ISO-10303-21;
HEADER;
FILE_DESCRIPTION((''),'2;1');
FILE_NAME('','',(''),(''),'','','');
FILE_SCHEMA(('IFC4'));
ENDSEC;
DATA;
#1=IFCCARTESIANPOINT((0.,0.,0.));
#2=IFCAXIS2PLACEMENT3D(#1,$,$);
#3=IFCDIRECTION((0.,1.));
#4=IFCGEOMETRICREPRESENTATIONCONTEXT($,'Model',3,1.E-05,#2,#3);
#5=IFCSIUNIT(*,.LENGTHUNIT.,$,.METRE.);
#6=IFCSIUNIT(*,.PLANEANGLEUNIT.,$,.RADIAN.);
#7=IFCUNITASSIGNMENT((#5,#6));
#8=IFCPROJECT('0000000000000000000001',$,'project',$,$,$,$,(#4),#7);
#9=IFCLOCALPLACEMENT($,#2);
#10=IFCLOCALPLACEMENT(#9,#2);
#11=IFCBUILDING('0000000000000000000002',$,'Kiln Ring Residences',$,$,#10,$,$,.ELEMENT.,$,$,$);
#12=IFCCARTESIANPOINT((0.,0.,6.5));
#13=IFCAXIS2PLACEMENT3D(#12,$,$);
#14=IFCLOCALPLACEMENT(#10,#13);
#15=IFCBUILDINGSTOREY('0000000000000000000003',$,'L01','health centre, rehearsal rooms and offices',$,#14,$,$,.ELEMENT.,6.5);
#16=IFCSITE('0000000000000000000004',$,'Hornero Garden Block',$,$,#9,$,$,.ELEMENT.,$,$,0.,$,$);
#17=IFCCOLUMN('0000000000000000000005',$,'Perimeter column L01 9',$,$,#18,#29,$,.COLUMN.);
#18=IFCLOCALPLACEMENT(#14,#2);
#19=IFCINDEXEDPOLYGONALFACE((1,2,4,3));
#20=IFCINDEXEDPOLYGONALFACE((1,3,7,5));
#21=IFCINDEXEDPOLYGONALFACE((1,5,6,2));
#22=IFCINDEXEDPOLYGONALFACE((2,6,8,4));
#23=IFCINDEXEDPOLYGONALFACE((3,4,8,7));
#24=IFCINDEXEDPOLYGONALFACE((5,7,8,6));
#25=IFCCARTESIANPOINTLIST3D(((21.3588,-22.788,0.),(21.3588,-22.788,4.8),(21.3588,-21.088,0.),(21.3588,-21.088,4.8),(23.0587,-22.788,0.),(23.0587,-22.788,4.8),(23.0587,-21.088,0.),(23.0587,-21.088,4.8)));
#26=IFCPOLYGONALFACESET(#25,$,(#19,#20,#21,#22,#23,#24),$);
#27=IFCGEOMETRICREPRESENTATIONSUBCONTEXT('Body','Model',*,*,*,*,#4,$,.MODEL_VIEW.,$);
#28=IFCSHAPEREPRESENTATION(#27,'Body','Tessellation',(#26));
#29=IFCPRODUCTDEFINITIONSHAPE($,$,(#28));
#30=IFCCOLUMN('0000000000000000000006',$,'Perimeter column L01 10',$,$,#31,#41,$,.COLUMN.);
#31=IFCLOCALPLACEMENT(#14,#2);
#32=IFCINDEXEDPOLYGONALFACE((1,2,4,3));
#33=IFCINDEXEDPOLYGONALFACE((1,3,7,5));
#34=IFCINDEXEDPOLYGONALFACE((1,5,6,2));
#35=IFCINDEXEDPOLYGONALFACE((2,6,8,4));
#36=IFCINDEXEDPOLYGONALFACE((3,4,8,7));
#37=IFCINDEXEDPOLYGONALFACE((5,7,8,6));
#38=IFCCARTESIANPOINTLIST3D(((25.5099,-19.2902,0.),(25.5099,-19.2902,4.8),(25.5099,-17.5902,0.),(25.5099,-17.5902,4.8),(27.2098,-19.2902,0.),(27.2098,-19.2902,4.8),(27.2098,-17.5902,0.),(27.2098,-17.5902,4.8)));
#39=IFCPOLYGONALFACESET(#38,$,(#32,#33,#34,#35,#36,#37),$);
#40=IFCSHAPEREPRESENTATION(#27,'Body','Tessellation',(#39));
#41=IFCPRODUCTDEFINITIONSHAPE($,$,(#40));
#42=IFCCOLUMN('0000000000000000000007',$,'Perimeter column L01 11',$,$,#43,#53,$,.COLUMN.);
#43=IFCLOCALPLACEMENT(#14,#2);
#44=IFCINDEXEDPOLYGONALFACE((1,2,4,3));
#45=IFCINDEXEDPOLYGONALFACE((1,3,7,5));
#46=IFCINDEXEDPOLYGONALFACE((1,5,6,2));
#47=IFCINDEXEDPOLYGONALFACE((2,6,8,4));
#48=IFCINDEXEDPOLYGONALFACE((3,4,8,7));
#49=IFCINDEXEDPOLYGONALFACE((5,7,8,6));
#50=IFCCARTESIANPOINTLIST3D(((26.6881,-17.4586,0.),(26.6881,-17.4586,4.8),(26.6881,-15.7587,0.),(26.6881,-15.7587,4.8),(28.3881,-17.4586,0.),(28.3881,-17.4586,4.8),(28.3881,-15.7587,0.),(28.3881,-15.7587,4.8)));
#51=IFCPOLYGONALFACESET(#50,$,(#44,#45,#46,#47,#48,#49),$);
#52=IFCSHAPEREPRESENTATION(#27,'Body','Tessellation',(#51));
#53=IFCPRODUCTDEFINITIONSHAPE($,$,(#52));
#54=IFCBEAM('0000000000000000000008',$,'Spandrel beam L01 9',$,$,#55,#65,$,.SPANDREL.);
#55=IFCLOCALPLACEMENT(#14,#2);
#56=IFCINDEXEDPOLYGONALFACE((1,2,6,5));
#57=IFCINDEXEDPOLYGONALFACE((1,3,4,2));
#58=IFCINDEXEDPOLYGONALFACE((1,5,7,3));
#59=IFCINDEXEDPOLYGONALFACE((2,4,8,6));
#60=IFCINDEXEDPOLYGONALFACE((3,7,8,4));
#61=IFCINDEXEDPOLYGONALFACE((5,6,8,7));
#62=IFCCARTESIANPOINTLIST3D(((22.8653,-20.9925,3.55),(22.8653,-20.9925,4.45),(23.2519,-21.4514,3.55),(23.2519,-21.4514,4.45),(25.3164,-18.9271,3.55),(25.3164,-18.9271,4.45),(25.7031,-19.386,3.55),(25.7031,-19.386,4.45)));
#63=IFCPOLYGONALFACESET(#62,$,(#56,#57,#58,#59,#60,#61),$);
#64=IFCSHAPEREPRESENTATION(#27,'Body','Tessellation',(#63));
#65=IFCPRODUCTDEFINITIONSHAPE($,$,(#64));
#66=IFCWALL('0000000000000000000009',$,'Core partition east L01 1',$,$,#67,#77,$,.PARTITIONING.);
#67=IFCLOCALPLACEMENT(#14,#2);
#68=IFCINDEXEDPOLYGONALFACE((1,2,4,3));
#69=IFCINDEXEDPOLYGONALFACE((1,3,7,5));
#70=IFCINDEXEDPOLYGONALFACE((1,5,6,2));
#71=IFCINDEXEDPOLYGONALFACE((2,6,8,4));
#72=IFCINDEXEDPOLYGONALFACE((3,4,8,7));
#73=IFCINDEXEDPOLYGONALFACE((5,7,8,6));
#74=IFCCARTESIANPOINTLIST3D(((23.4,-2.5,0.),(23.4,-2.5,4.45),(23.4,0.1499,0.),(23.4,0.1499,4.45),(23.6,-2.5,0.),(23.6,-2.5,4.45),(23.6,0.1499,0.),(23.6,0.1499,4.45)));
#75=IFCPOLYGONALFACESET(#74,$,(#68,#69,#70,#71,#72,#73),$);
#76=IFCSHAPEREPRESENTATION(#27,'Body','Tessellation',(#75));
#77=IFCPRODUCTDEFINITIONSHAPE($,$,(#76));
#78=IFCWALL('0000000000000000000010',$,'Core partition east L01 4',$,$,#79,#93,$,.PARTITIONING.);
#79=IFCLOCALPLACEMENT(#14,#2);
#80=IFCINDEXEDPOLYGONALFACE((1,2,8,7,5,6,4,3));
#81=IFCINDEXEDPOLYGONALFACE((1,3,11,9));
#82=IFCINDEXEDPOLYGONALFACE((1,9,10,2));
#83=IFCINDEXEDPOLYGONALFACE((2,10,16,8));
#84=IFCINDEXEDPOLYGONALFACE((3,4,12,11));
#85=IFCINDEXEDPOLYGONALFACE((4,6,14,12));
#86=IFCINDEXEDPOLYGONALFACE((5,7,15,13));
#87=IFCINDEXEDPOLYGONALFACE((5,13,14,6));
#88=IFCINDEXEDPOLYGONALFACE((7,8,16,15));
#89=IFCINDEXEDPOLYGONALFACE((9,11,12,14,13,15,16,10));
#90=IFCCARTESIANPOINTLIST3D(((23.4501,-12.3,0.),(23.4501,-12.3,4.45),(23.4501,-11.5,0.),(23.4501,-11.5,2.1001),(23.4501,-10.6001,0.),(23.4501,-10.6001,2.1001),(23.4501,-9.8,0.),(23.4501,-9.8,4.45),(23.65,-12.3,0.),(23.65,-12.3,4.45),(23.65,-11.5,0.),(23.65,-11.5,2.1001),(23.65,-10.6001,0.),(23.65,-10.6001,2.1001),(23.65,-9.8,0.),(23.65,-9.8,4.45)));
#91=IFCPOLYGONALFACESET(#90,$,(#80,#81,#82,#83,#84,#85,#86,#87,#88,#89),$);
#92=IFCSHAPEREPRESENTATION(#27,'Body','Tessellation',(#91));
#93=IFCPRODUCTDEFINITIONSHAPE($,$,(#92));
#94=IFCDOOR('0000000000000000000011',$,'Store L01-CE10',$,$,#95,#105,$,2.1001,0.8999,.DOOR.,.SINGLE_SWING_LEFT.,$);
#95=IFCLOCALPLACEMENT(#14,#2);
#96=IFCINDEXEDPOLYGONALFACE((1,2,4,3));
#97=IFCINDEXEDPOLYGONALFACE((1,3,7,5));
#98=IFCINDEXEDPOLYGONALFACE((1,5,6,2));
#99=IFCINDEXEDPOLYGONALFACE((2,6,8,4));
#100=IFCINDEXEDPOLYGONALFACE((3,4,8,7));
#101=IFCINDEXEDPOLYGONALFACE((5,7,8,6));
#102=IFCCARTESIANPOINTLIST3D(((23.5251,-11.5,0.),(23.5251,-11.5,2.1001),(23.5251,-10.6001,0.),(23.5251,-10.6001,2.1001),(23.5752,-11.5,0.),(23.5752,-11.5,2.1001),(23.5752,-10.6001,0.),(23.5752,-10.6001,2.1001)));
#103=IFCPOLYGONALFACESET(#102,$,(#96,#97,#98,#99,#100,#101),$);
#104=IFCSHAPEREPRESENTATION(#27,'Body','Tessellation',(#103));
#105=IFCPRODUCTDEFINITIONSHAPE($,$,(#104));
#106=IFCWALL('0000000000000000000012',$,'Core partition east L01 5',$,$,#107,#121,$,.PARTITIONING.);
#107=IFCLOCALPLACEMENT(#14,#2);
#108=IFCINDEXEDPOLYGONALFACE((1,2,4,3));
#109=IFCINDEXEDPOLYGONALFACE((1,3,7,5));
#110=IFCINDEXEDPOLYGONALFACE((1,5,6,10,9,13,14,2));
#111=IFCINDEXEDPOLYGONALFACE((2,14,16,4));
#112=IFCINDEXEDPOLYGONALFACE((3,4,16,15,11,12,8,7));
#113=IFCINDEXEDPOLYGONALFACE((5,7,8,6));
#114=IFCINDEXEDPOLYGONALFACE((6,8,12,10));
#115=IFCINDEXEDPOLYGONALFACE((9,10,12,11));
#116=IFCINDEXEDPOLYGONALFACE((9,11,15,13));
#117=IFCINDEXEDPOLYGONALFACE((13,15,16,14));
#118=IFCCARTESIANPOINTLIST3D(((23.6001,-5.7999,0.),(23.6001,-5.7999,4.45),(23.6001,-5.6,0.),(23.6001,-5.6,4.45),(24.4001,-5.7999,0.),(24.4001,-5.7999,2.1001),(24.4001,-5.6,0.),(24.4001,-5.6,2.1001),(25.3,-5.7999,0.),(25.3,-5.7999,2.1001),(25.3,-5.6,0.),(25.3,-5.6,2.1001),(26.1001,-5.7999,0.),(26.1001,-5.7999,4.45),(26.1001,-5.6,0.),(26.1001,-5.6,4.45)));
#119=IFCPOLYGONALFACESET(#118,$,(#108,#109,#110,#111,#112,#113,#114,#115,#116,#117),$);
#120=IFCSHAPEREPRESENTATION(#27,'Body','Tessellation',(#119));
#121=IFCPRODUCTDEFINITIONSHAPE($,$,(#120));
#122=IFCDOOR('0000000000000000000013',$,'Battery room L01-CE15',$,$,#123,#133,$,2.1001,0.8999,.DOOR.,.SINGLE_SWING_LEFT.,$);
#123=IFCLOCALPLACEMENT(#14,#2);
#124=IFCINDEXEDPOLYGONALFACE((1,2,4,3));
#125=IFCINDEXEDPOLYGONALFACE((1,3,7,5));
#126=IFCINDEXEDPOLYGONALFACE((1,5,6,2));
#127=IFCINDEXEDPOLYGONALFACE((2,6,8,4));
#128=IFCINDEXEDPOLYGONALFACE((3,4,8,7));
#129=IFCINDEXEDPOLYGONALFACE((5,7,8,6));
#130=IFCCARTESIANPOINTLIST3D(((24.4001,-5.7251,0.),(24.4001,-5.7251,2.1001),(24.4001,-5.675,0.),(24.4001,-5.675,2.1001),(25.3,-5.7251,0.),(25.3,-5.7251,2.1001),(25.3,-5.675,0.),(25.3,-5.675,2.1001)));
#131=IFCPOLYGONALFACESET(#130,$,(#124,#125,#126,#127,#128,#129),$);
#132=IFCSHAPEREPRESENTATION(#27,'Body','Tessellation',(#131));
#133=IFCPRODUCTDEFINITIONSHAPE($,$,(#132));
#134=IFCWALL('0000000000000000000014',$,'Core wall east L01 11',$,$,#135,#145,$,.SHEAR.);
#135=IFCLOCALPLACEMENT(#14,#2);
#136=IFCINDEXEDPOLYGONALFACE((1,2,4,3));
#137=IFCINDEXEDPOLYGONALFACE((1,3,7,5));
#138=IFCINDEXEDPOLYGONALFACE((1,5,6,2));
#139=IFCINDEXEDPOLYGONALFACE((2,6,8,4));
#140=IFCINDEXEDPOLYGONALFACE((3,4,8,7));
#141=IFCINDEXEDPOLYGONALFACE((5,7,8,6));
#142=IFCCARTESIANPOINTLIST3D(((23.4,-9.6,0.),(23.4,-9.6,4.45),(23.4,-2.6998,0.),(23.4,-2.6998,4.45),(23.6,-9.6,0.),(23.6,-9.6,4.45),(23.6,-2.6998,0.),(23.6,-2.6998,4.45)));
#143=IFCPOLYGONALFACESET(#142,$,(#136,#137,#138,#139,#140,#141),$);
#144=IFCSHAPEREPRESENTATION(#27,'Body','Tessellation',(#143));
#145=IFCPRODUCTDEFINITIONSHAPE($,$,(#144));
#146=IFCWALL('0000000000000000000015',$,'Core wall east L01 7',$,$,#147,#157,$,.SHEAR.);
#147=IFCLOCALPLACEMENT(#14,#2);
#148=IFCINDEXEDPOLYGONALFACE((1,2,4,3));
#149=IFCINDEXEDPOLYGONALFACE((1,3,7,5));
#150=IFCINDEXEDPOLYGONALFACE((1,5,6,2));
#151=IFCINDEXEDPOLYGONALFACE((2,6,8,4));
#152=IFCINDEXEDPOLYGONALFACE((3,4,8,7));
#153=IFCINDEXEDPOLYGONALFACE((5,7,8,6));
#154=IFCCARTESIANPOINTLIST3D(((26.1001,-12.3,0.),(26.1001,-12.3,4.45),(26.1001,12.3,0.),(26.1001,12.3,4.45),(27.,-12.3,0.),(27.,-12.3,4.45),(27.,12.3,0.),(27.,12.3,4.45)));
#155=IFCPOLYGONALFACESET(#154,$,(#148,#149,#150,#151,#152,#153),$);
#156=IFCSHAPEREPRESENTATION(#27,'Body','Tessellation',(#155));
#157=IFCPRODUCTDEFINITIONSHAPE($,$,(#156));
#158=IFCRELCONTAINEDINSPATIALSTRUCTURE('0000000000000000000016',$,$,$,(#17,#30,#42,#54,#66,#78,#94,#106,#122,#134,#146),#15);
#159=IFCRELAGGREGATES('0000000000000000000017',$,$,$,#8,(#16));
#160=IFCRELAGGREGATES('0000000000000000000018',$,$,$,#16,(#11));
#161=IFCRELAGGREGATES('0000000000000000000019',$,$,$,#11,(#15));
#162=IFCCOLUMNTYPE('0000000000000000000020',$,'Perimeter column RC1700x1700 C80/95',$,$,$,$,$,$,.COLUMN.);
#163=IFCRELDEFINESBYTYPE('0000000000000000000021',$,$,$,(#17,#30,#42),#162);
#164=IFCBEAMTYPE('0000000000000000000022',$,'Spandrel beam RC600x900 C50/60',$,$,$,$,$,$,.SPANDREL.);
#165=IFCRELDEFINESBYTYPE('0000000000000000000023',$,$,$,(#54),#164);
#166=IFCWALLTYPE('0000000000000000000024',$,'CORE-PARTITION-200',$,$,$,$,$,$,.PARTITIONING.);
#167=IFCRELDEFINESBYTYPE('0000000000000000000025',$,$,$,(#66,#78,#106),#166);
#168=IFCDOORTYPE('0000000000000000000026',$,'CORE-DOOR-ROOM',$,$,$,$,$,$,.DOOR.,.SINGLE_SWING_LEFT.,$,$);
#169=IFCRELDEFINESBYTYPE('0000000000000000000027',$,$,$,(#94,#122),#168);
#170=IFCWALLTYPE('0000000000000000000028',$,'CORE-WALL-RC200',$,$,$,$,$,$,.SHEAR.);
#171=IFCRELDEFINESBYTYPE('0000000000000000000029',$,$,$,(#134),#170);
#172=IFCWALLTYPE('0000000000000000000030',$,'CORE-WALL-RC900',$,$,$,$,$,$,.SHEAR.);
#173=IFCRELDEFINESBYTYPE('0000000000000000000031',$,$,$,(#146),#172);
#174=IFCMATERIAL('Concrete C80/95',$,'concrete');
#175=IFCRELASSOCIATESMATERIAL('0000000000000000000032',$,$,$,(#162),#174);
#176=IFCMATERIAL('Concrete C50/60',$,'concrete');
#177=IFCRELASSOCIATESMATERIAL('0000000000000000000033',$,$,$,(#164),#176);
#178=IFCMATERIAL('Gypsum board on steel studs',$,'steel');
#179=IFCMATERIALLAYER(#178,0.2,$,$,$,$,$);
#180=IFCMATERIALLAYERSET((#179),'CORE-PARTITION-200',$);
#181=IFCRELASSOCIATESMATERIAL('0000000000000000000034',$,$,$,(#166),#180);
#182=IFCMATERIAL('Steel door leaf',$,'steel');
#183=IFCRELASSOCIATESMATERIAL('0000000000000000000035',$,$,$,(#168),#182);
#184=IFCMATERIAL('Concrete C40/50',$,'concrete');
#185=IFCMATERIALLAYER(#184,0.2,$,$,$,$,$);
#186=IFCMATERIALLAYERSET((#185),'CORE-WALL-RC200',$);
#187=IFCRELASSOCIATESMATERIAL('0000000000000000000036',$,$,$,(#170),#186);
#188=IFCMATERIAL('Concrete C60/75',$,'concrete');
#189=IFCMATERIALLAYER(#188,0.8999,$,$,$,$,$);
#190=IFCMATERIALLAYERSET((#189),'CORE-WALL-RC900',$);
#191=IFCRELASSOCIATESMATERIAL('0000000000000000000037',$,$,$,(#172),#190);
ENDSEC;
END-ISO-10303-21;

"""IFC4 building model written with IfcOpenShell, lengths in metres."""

from ifc_helpers import new_model, si_unit, direction, frame, frame_2d, origin, origin_2d, place, context, subcontext, project, spatial, rectangle, extrude, material, layer, layer_set, material_profile, profile_set, type_object, element, fill, save


model = new_model("IFC4")

# Units and contexts
model_context = context("Model", 3, precision=1e-05, world=origin(), true_north=direction((0.0, 1.0)))
body_context = subcontext(model_context, "Body", "Model", "MODEL_VIEW")
ifc_project = project(units=[si_unit("LENGTHUNIT", "METRE"), si_unit("PLANEANGLEUNIT", "RADIAN")], contexts=[model_context])

# Site, building, storey
site_placement = place(None, origin())
site = spatial("IfcSite", under=ifc_project, at=site_placement, Name="Hornero Garden Block", CompositionType="ELEMENT", RefElevation=0.0)
building_placement = place(site_placement, origin())
building = spatial("IfcBuilding", under=site, at=building_placement, Name="Kiln Ring Residences", CompositionType="ELEMENT")
storey_placement = place(building_placement, frame((0.0, 0.0, 6.5)))
storey = spatial("IfcBuildingStorey", under=building, at=storey_placement, Name="L01", Description="health centre, rehearsal rooms and offices", CompositionType="ELEMENT", Elevation=6.5)

# Columns
ifc_material_1 = material(Name="Concrete C80/95", Category="concrete")
ifc_material_profile_1 = material_profile(ifc_material_1, rectangle(XDim=1.7, YDim=1.7, at=origin_2d()), Name="RC1700x1700")
ifc_profile_set_1 = profile_set([ifc_material_profile_1], Name="Concrete C80/95")
column_type = type_object("IfcColumnType", Name="Perimeter column RC1700x1700 C80/95", PredefinedType="COLUMN", material=ifc_profile_set_1)
for number, where, z_axis, x_axis, name in (
    (1, (22.2087, -21.938, 0.0), (0.0, 0.0, 1.0), (1.0, 0.0, 0.0), "Perimeter column L01 9"),
    (2, (26.3599, -18.4402, 0.0), (0.0, 0.0, 1.0), (1.0, 0.0, 0.0), "Perimeter column L01 10"),
    (3, (27.5381, -16.6086, 0.0), (0.0, 0.0, 1.0), (1.0, 0.0, 0.0), "Perimeter column L01 11"),
):
    element("IfcColumn", number, at=place(storey_placement, frame(where, z_axis=z_axis, x_axis=x_axis)), inside=storey, type_object=column_type, Name=name, PredefinedType="COLUMN", context=body_context, shape_type="SweptSolid", body=[
        extrude(rectangle(XDim=1.7, YDim=1.7, at=origin_2d()), origin(), (0.0, 0.0, 1.0), 4.8),
    ])

# Beam
ifc_material_2 = material(Name="Concrete C50/60", Category="concrete")
ifc_material_profile_2 = material_profile(ifc_material_2, rectangle(XDim=0.6001, YDim=0.8999, at=origin_2d()), Name="RC600x900")
ifc_profile_set_2 = profile_set([ifc_material_profile_2], Name="Concrete C50/60")
beam_type = type_object("IfcBeamType", Name="Spandrel beam RC600x900 C50/60", PredefinedType="SPANDREL", material=ifc_profile_set_2)
beam_placement = place(storey_placement, frame((23.0586, -21.2219, 4.0), z_axis=(0.764714, 0.64437, 0.0), x_axis=(-0.64437, 0.764714, 0.0)))
element("IfcBeam", 4, at=beam_placement, inside=storey, type_object=beam_type, Name="Spandrel beam L01 9", PredefinedType="SPANDREL", context=body_context, shape_type="SweptSolid", body=[
    extrude(rectangle(XDim=0.6001, YDim=0.8999, at=origin_2d()), origin(), (0.0, 0.0, 1.0), 3.2053),
])

# Wall
ifc_material_3 = material(Name="Gypsum board on steel studs", Category="steel")
ifc_layer_1 = layer(ifc_material_3, 0.2)
ifc_layer_set_1 = layer_set([ifc_layer_1], Name="CORE-PARTITION-200")
wall_type_1 = type_object("IfcWallType", Name="CORE-PARTITION-200", PredefinedType="PARTITIONING", material=ifc_layer_set_1)
wall_1_placement = place(storey_placement, frame((23.5, -2.5, 0.0), z_axis=(0.0, 0.0, 1.0), x_axis=(0.0, 1.0, 0.0)))
element("IfcWall", 5, at=wall_1_placement, inside=storey, type_object=wall_type_1, Name="Core partition east L01 1", PredefinedType="PARTITIONING", context=body_context, shape_type="SweptSolid", body=[
    extrude(rectangle(XDim=2.6499, YDim=0.2, at=frame_2d((1.325, 0.0))), origin(), (0.0, 0.0, 1.0), 4.45),
])

# Walls, openings, doors
wall_2_placement = place(storey_placement, frame((23.55, -12.3, 0.0), z_axis=(0.0, 0.0, 1.0), x_axis=(0.0, 1.0, 0.0)))
wall_2 = element("IfcWall", 6, at=wall_2_placement, inside=storey, type_object=wall_type_1, Name="Core partition east L01 4", PredefinedType="PARTITIONING", context=body_context, shape_type="SweptSolid", body=[
    extrude(rectangle(XDim=2.5, YDim=0.2, at=frame_2d((1.25, 0.0))), origin(), (0.0, 0.0, 1.0), 4.45),
])
opening_1_placement = place(wall_2_placement, frame((0.8, 0.0, 0.0)))
opening_1 = element("IfcOpeningElement", 7, at=opening_1_placement, cuts=wall_2, PredefinedType="OPENING", context=body_context, shape_type="SweptSolid", body=[
    extrude(rectangle(XDim=0.8999, YDim=2.1001, at=frame_2d((0.45, 1.05))), frame((0.0, 0.1099, 0.0), z_axis=(0.0, -1.0, 0.0), x_axis=(1.0, 0.0, 0.0)), (0.0, 0.0, 1.0), 0.22),
])
ifc_material_4 = material(Name="Steel door leaf", Category="steel")
door_type = type_object("IfcDoorType", Name="CORE-DOOR-ROOM", OperationType="SINGLE_SWING_LEFT", PredefinedType="DOOR", material=ifc_material_4)
door_1_placement = place(opening_1_placement, origin())
door_1 = element("IfcDoor", 8, at=door_1_placement, inside=storey, type_object=door_type, Name="Store L01-CE10", OperationType="SINGLE_SWING_LEFT", OverallHeight=2.1001, OverallWidth=0.8999, PredefinedType="DOOR", context=body_context, shape_type="SweptSolid", body=[
    extrude(rectangle(XDim=0.8999, YDim=2.1001, at=frame_2d((0.45, 1.05))), frame((0.0, 0.0249, 0.0), z_axis=(0.0, -1.0, 0.0), x_axis=(1.0, 0.0, 0.0)), (0.0, 0.0, 1.0), 0.05),
])
fill(opening_1, door_1)
wall_3_placement = place(storey_placement, frame((23.6001, -5.7, 0.0), z_axis=(0.0, 0.0, 1.0), x_axis=(1.0, 0.0, 0.0)))
wall_3 = element("IfcWall", 9, at=wall_3_placement, inside=storey, type_object=wall_type_1, Name="Core partition east L01 5", PredefinedType="PARTITIONING", context=body_context, shape_type="SweptSolid", body=[
    extrude(rectangle(XDim=2.5, YDim=0.2, at=frame_2d((1.25, 0.0))), origin(), (0.0, 0.0, 1.0), 4.45),
])
opening_2_placement = place(wall_3_placement, frame((0.8, 0.0, 0.0)))
opening_2 = element("IfcOpeningElement", 10, at=opening_2_placement, cuts=wall_3, PredefinedType="OPENING", context=body_context, shape_type="SweptSolid", body=[
    extrude(rectangle(XDim=0.8999, YDim=2.1001, at=frame_2d((0.45, 1.05))), frame((0.0, 0.1099, 0.0), z_axis=(0.0, -1.0, 0.0), x_axis=(1.0, 0.0, 0.0)), (0.0, 0.0, 1.0), 0.22),
])
door_2_placement = place(opening_2_placement, origin())
door_2 = element("IfcDoor", 11, at=door_2_placement, inside=storey, type_object=door_type, Name="Battery room L01-CE15", OperationType="SINGLE_SWING_LEFT", OverallHeight=2.1001, OverallWidth=0.8999, PredefinedType="DOOR", context=body_context, shape_type="SweptSolid", body=[
    extrude(rectangle(XDim=0.8999, YDim=2.1001, at=frame_2d((0.45, 1.05))), frame((0.0, 0.0249, 0.0), z_axis=(0.0, -1.0, 0.0), x_axis=(1.0, 0.0, 0.0)), (0.0, 0.0, 1.0), 0.05),
])
fill(opening_2, door_2)

# Walls
ifc_material_5 = material(Name="Concrete C40/50", Category="concrete")
ifc_layer_2 = layer(ifc_material_5, 0.2)
ifc_layer_set_2 = layer_set([ifc_layer_2], Name="CORE-WALL-RC200")
wall_type_2 = type_object("IfcWallType", Name="CORE-WALL-RC200", PredefinedType="SHEAR", material=ifc_layer_set_2)
wall_4_placement = place(storey_placement, frame((23.5, -9.6001, 0.0), z_axis=(0.0, 0.0, 1.0), x_axis=(0.0, 1.0, 0.0)))
element("IfcWall", 12, at=wall_4_placement, inside=storey, type_object=wall_type_2, Name="Core wall east L01 11", PredefinedType="SHEAR", context=body_context, shape_type="SweptSolid", body=[
    extrude(rectangle(XDim=6.9001, YDim=0.2, at=frame_2d((3.4502, 0.0))), origin(), (0.0, 0.0, 1.0), 4.45),
])
ifc_material_6 = material(Name="Concrete C60/75", Category="concrete")
ifc_layer_3 = layer(ifc_material_6, 0.8999)
ifc_layer_set_3 = layer_set([ifc_layer_3], Name="CORE-WALL-RC900")
wall_type_3 = type_object("IfcWallType", Name="CORE-WALL-RC900", PredefinedType="SHEAR", material=ifc_layer_set_3)
wall_5_placement = place(storey_placement, frame((26.55, -12.3, 0.0), z_axis=(0.0, 0.0, 1.0), x_axis=(0.0, 1.0, 0.0)))
element("IfcWall", 13, at=wall_5_placement, inside=storey, type_object=wall_type_3, Name="Core wall east L01 7", PredefinedType="SHEAR", context=body_context, shape_type="SweptSolid", body=[
    extrude(rectangle(XDim=24.6001, YDim=0.8999, at=frame_2d((12.3, 0.0))), origin(), (0.0, 0.0, 1.0), 4.45),
])

save(model, "model.ifc")
